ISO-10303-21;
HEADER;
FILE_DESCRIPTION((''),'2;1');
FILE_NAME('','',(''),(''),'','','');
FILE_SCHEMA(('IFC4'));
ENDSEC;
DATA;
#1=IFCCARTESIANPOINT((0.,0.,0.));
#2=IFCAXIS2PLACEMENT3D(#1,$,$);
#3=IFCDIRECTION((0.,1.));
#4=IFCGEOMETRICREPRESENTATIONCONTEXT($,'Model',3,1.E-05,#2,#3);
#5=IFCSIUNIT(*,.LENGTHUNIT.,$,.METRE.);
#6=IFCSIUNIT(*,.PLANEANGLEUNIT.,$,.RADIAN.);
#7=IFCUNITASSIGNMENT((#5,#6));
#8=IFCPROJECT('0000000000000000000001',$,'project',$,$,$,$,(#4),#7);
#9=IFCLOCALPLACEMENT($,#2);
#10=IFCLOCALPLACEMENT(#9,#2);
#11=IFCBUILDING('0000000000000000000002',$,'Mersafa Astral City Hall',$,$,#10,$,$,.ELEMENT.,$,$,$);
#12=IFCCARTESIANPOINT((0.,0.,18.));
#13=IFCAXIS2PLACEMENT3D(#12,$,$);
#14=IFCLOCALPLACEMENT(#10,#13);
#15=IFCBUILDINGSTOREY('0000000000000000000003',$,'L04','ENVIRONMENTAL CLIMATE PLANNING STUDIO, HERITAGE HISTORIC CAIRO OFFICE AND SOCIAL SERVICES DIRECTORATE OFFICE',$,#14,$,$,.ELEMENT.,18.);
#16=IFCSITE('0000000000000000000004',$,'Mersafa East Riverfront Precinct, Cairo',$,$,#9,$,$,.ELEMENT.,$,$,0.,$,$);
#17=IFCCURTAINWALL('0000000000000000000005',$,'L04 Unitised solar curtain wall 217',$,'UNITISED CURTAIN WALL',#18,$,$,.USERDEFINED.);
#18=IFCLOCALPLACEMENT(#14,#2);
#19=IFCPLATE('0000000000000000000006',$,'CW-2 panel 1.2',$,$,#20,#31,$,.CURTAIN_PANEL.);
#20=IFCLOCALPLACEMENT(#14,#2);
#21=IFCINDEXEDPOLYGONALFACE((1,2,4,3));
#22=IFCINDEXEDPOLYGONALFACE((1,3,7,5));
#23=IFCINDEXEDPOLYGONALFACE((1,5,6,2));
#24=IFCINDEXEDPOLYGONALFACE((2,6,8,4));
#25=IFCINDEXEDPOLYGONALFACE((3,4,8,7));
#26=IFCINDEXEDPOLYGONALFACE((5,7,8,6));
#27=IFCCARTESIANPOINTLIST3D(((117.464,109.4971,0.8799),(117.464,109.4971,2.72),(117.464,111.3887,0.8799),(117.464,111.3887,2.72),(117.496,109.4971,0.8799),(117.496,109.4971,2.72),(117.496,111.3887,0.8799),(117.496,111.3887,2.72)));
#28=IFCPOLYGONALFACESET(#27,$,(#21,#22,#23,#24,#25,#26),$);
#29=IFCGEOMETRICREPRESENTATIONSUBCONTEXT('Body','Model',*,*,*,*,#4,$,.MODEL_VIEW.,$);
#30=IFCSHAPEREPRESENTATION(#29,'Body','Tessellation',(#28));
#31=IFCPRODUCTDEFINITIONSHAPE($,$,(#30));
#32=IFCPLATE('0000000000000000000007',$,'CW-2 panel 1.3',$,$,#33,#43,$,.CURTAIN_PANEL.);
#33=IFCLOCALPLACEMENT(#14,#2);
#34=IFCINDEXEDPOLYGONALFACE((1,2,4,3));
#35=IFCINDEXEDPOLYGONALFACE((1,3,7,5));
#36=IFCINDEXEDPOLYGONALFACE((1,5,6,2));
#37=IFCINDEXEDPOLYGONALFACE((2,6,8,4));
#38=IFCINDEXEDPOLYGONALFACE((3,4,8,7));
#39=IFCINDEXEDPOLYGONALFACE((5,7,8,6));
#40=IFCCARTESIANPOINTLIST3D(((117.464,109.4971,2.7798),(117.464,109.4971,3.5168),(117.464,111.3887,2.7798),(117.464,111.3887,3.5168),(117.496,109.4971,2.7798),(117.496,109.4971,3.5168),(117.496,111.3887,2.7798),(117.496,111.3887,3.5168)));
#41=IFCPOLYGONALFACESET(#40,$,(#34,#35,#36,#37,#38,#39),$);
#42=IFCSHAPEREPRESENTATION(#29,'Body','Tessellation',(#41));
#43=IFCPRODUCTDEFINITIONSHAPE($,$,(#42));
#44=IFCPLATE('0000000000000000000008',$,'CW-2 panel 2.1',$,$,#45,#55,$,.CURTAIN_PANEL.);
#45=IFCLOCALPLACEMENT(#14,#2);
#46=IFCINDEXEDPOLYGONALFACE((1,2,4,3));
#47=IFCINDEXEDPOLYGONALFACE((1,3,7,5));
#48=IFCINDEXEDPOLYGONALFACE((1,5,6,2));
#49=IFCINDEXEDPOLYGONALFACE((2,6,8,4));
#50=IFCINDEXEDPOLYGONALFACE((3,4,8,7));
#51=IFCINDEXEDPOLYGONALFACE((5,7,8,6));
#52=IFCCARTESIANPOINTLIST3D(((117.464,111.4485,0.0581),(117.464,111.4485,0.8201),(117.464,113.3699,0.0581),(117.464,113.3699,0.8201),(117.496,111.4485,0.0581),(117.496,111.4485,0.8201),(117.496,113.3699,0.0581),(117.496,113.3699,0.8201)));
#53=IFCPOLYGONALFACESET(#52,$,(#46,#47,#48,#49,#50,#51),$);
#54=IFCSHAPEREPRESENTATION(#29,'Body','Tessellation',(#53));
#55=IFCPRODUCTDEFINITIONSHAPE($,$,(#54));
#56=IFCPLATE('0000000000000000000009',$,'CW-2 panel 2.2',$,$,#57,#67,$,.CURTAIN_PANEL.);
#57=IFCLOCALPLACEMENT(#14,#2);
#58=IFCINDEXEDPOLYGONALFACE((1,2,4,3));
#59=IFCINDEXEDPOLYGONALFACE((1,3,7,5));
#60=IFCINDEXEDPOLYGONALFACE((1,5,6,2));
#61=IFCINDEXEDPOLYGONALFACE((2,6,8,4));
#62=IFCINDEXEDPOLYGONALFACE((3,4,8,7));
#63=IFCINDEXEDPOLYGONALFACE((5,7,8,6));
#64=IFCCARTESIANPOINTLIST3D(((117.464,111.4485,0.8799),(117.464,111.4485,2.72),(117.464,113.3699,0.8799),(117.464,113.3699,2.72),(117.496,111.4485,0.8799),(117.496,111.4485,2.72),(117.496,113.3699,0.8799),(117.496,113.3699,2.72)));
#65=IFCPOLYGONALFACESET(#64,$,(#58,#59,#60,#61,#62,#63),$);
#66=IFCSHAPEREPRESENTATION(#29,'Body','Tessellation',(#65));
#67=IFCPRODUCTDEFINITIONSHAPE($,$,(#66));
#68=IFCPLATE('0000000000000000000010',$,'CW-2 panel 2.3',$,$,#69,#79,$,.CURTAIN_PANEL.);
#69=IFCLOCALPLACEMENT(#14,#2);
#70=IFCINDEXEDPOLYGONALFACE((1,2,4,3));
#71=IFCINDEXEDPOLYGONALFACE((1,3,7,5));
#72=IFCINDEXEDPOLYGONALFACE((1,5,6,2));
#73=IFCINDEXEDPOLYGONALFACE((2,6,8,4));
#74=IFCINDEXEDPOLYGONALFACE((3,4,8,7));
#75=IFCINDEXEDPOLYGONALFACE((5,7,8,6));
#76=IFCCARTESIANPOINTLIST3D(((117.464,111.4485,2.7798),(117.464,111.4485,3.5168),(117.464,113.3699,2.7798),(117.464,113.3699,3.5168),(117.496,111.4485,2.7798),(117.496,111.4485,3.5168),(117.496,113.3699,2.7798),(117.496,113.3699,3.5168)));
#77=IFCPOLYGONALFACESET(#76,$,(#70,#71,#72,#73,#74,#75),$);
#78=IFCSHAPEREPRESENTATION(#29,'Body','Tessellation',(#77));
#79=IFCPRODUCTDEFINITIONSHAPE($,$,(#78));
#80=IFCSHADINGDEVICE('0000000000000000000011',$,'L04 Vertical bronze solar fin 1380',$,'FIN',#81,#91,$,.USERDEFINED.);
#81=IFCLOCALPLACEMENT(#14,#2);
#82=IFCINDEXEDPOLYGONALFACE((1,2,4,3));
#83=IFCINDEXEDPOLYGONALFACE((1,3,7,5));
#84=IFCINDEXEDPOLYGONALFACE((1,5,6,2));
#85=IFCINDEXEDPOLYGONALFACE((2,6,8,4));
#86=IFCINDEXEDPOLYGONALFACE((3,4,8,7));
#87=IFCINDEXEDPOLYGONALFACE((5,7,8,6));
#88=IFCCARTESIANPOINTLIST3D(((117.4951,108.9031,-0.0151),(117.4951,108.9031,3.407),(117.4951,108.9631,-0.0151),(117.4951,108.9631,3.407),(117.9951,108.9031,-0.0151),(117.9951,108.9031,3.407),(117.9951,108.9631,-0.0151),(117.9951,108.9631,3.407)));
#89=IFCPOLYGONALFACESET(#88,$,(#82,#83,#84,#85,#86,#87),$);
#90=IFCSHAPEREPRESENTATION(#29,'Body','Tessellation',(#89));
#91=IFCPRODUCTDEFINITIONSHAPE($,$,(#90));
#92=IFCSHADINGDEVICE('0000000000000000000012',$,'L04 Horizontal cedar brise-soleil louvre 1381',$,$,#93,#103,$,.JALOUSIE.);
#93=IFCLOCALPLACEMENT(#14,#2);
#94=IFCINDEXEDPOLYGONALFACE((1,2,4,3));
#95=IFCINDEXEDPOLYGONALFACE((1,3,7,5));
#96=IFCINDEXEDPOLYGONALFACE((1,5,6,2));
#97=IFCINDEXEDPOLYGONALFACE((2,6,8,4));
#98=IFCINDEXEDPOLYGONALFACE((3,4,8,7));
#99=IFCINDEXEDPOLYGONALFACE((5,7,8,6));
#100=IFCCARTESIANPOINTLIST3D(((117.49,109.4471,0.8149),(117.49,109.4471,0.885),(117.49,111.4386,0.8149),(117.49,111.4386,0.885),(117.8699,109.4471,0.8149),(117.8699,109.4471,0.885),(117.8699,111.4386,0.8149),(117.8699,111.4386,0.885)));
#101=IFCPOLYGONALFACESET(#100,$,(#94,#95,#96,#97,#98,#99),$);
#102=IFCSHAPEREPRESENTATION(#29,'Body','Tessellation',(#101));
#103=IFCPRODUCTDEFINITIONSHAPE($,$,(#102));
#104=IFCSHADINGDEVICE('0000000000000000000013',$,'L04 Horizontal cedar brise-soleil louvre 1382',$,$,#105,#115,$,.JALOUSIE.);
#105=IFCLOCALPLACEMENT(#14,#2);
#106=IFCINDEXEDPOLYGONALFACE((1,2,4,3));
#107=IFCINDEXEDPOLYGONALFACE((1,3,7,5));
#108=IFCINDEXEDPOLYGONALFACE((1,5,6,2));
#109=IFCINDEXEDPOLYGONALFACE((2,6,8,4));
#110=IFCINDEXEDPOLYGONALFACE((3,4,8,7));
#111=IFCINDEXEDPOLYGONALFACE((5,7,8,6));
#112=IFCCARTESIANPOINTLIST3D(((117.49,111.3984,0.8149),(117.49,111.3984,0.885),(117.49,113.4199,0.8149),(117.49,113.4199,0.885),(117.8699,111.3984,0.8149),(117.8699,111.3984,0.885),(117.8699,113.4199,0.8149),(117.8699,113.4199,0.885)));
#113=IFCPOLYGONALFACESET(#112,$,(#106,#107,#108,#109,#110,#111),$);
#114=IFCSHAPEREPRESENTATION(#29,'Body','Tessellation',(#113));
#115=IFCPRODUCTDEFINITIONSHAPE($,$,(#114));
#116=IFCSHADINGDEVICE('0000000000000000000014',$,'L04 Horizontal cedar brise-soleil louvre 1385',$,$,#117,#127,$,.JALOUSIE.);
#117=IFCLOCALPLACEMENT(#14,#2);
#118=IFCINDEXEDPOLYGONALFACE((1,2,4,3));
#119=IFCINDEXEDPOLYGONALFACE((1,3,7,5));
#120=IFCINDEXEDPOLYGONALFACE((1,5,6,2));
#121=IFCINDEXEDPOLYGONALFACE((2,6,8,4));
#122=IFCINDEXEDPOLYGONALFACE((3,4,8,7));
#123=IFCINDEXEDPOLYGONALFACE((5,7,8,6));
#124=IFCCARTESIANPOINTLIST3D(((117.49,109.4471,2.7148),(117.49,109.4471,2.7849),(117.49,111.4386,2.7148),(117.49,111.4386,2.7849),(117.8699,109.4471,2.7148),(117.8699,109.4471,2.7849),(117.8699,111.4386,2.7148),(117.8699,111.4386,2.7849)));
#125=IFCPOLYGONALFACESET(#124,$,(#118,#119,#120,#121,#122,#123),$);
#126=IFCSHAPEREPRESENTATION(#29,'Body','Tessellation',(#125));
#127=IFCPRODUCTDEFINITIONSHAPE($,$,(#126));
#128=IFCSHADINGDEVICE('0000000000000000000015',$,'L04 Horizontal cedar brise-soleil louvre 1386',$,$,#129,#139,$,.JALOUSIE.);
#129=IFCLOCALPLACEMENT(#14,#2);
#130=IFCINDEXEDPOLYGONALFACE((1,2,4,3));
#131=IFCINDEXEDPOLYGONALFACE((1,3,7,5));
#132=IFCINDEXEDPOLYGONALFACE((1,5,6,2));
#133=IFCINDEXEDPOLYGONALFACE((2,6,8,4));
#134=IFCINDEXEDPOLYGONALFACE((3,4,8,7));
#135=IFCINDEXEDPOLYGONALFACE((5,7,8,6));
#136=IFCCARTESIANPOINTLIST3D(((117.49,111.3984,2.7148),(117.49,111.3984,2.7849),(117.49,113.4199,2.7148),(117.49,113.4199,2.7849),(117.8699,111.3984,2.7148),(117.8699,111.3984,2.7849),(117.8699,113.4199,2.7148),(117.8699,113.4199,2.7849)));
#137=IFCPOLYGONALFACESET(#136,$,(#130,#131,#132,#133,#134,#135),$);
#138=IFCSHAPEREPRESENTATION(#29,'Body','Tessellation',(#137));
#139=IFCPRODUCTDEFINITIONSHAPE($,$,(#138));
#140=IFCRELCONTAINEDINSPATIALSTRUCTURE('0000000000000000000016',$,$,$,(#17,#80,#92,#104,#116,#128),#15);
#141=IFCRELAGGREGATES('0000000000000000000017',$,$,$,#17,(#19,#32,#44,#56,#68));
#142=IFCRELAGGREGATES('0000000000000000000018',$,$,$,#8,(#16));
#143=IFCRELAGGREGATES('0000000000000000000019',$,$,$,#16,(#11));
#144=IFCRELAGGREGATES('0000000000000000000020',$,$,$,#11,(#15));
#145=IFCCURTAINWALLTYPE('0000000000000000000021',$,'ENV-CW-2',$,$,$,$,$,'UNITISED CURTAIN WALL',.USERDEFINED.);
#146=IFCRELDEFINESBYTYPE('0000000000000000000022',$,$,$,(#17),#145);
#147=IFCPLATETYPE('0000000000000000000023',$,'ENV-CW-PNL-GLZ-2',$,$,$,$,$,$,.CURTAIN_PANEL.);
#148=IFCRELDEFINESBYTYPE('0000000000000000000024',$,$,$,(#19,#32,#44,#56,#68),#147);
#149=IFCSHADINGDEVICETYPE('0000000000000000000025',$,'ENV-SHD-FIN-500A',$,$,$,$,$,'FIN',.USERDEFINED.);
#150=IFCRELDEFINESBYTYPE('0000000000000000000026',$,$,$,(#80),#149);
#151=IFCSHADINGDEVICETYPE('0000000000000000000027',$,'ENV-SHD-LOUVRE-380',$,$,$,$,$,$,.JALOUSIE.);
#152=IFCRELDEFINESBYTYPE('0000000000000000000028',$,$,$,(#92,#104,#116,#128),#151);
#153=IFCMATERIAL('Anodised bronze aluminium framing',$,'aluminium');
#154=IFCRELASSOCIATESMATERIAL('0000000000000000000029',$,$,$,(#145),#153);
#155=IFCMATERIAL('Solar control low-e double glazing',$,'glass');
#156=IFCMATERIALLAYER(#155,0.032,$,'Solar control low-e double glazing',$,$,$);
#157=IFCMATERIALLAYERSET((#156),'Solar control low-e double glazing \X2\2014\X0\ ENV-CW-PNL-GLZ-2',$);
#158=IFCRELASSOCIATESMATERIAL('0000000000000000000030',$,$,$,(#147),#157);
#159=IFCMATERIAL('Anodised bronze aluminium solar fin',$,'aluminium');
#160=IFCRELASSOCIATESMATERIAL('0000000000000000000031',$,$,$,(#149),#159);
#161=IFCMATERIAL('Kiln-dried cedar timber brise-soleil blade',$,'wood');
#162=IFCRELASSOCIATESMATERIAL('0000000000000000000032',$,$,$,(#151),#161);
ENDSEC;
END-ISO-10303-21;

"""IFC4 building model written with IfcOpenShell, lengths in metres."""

from ifc_helpers import new_model, si_unit, direction, frame, origin, origin_2d, place, context, subcontext, project, spatial, rectangle, extrude, material, layer, layer_set, type_object, element, aggregate, save


model = new_model("IFC4")

# Units and contexts
model_context = context("Model", 3, precision=1e-05, world=origin(), true_north=direction((0.0, 1.0)))
body_context = subcontext(model_context, "Body", "Model", "MODEL_VIEW")
ifc_project = project(units=[si_unit("LENGTHUNIT", "METRE"), si_unit("PLANEANGLEUNIT", "RADIAN")], contexts=[model_context])

# Site, building, storey
site_placement = place(None, origin())
site = spatial("IfcSite", under=ifc_project, at=site_placement, Name="Mersafa East Riverfront Precinct, Cairo", CompositionType="ELEMENT", RefElevation=0.0)
building_placement = place(site_placement, origin())
building = spatial("IfcBuilding", under=site, at=building_placement, Name="Mersafa Astral City Hall", CompositionType="ELEMENT")
storey_placement = place(building_placement, frame((0.0, 0.0, 18.0)))
storey = spatial("IfcBuildingStorey", under=building, at=storey_placement, Name="L04", Description="ENVIRONMENTAL CLIMATE PLANNING STUDIO, HERITAGE HISTORIC CAIRO OFFICE AND SOCIAL SERVICES DIRECTORATE OFFICE", CompositionType="ELEMENT", Elevation=18.0)

# Shared definitions
ifc_material_1 = material(Name="Anodised bronze aluminium framing", Category="aluminium")

# Curtain wall
curtain_wall_type_1 = type_object("IfcCurtainWallType", Name="ENV-CW-2", ElementType="UNITISED CURTAIN WALL", PredefinedType="USERDEFINED", material=ifc_material_1)
curtain_wall_1_placement = place(storey_placement, origin())
curtain_wall_1 = element("IfcCurtainWall", 1, at=curtain_wall_1_placement, inside=storey, type_object=curtain_wall_type_1, Name="L04 Unitised solar curtain wall 217", ObjectType="UNITISED CURTAIN WALL", PredefinedType="USERDEFINED")

# Plates
ifc_material_2 = material(Name="Solar control low-e double glazing", Category="glass")
ifc_layer_1 = layer(ifc_material_2, 0.032, Name="Solar control low-e double glazing")
ifc_layer_set_1 = layer_set([ifc_layer_1], Name="Solar control low-e double glazing — ENV-CW-PNL-GLZ-2")
plate_type_1 = type_object("IfcPlateType", Name="ENV-CW-PNL-GLZ-2", PredefinedType="CURTAIN_PANEL", material=ifc_layer_set_1)
plate_1_placement = place(storey_placement, frame((117.48, 110.4429, 0.8799), z_axis=(0.0, 0.0, 1.0), x_axis=(0.0, 1.0, 0.0)))
plate_1 = element("IfcPlate", 2, at=plate_1_placement, type_object=plate_type_1, Name="CW-2 panel 1.2", PredefinedType="CURTAIN_PANEL", context=body_context, shape_type="SweptSolid", body=[
    extrude(rectangle(XDim=1.8916, YDim=0.032, at=origin_2d()), origin(), (0.0, 0.0, 1.0), 1.8401),
])
plate_2_placement = place(storey_placement, frame((117.48, 110.4429, 2.7798), z_axis=(0.0, 0.0, 1.0), x_axis=(0.0, 1.0, 0.0)))
plate_2 = element("IfcPlate", 3, at=plate_2_placement, type_object=plate_type_1, Name="CW-2 panel 1.3", PredefinedType="CURTAIN_PANEL", context=body_context, shape_type="SweptSolid", body=[
    extrude(rectangle(XDim=1.8916, YDim=0.032, at=origin_2d()), origin(), (0.0, 0.0, 1.0), 0.7371),
])
plate_3_placement = place(storey_placement, frame((117.48, 112.4092, 0.0581), z_axis=(0.0, 0.0, 1.0), x_axis=(0.0, 1.0, 0.0)))
plate_3 = element("IfcPlate", 4, at=plate_3_placement, type_object=plate_type_1, Name="CW-2 panel 2.1", PredefinedType="CURTAIN_PANEL", context=body_context, shape_type="SweptSolid", body=[
    extrude(rectangle(XDim=1.9214, YDim=0.032, at=origin_2d()), origin(), (0.0, 0.0, 1.0), 0.762),
])
plate_4_placement = place(storey_placement, frame((117.48, 112.4092, 0.8799), z_axis=(0.0, 0.0, 1.0), x_axis=(0.0, 1.0, 0.0)))
plate_4 = element("IfcPlate", 5, at=plate_4_placement, type_object=plate_type_1, Name="CW-2 panel 2.2", PredefinedType="CURTAIN_PANEL", context=body_context, shape_type="SweptSolid", body=[
    extrude(rectangle(XDim=1.9214, YDim=0.032, at=origin_2d()), origin(), (0.0, 0.0, 1.0), 1.8401),
])
plate_5_placement = place(storey_placement, frame((117.48, 112.4092, 2.7798), z_axis=(0.0, 0.0, 1.0), x_axis=(0.0, 1.0, 0.0)))
plate_5 = element("IfcPlate", 6, at=plate_5_placement, type_object=plate_type_1, Name="CW-2 panel 2.3", PredefinedType="CURTAIN_PANEL", context=body_context, shape_type="SweptSolid", body=[
    extrude(rectangle(XDim=1.9214, YDim=0.032, at=origin_2d()), origin(), (0.0, 0.0, 1.0), 0.7371),
])
aggregate(curtain_wall_1, [plate_1, plate_2, plate_3, plate_4, plate_5])

# Shading devices
ifc_material_3 = material(Name="Anodised bronze aluminium solar fin", Category="aluminium")
shading_device_type_1 = type_object("IfcShadingDeviceType", Name="ENV-SHD-FIN-500A", ElementType="FIN", PredefinedType="USERDEFINED", material=ifc_material_3)
shading_device_1_placement = place(storey_placement, frame((117.7451, 108.9331, -0.0151), z_axis=(0.0, 0.0, 1.0), x_axis=(0.0, 1.0, 0.0)))
element("IfcShadingDevice", 7, at=shading_device_1_placement, inside=storey, type_object=shading_device_type_1, Name="L04 Vertical bronze solar fin 1380", ObjectType="FIN", PredefinedType="USERDEFINED", context=body_context, shape_type="SweptSolid", body=[
    extrude(rectangle(XDim=0.0601, YDim=0.5, at=origin_2d()), origin(), (0.0, 0.0, 1.0), 3.4221),
])
ifc_material_4 = material(Name="Kiln-dried cedar timber brise-soleil blade", Category="wood")
shading_device_type_2 = type_object("IfcShadingDeviceType", Name="ENV-SHD-LOUVRE-380", PredefinedType="JALOUSIE", material=ifc_material_4)
shading_device_2_placement = place(storey_placement, frame((117.6799, 110.4429, 0.8149), z_axis=(0.0, 0.0, 1.0), x_axis=(0.0, 1.0, 0.0)))
element("IfcShadingDevice", 8, at=shading_device_2_placement, inside=storey, type_object=shading_device_type_2, Name="L04 Horizontal cedar brise-soleil louvre 1381", PredefinedType="JALOUSIE", context=body_context, shape_type="SweptSolid", body=[
    extrude(rectangle(XDim=1.9915, YDim=0.3799, at=origin_2d()), origin(), (0.0, 0.0, 1.0), 0.0701),
])
shading_device_3_placement = place(storey_placement, frame((117.6799, 112.4092, 0.8149), z_axis=(0.0, 0.0, 1.0), x_axis=(0.0, 1.0, 0.0)))
element("IfcShadingDevice", 9, at=shading_device_3_placement, inside=storey, type_object=shading_device_type_2, Name="L04 Horizontal cedar brise-soleil louvre 1382", PredefinedType="JALOUSIE", context=body_context, shape_type="SweptSolid", body=[
    extrude(rectangle(XDim=2.0215, YDim=0.3799, at=origin_2d()), origin(), (0.0, 0.0, 1.0), 0.0701),
])
shading_device_4_placement = place(storey_placement, frame((117.6799, 110.4429, 2.7148), z_axis=(0.0, 0.0, 1.0), x_axis=(0.0, 1.0, 0.0)))
element("IfcShadingDevice", 10, at=shading_device_4_placement, inside=storey, type_object=shading_device_type_2, Name="L04 Horizontal cedar brise-soleil louvre 1385", PredefinedType="JALOUSIE", context=body_context, shape_type="SweptSolid", body=[
    extrude(rectangle(XDim=1.9915, YDim=0.3799, at=origin_2d()), origin(), (0.0, 0.0, 1.0), 0.0701),
])
shading_device_5_placement = place(storey_placement, frame((117.6799, 112.4092, 2.7148), z_axis=(0.0, 0.0, 1.0), x_axis=(0.0, 1.0, 0.0)))
element("IfcShadingDevice", 11, at=shading_device_5_placement, inside=storey, type_object=shading_device_type_2, Name="L04 Horizontal cedar brise-soleil louvre 1386", PredefinedType="JALOUSIE", context=body_context, shape_type="SweptSolid", body=[
    extrude(rectangle(XDim=2.0215, YDim=0.3799, at=origin_2d()), origin(), (0.0, 0.0, 1.0), 0.0701),
])

save(model, "model.ifc")
